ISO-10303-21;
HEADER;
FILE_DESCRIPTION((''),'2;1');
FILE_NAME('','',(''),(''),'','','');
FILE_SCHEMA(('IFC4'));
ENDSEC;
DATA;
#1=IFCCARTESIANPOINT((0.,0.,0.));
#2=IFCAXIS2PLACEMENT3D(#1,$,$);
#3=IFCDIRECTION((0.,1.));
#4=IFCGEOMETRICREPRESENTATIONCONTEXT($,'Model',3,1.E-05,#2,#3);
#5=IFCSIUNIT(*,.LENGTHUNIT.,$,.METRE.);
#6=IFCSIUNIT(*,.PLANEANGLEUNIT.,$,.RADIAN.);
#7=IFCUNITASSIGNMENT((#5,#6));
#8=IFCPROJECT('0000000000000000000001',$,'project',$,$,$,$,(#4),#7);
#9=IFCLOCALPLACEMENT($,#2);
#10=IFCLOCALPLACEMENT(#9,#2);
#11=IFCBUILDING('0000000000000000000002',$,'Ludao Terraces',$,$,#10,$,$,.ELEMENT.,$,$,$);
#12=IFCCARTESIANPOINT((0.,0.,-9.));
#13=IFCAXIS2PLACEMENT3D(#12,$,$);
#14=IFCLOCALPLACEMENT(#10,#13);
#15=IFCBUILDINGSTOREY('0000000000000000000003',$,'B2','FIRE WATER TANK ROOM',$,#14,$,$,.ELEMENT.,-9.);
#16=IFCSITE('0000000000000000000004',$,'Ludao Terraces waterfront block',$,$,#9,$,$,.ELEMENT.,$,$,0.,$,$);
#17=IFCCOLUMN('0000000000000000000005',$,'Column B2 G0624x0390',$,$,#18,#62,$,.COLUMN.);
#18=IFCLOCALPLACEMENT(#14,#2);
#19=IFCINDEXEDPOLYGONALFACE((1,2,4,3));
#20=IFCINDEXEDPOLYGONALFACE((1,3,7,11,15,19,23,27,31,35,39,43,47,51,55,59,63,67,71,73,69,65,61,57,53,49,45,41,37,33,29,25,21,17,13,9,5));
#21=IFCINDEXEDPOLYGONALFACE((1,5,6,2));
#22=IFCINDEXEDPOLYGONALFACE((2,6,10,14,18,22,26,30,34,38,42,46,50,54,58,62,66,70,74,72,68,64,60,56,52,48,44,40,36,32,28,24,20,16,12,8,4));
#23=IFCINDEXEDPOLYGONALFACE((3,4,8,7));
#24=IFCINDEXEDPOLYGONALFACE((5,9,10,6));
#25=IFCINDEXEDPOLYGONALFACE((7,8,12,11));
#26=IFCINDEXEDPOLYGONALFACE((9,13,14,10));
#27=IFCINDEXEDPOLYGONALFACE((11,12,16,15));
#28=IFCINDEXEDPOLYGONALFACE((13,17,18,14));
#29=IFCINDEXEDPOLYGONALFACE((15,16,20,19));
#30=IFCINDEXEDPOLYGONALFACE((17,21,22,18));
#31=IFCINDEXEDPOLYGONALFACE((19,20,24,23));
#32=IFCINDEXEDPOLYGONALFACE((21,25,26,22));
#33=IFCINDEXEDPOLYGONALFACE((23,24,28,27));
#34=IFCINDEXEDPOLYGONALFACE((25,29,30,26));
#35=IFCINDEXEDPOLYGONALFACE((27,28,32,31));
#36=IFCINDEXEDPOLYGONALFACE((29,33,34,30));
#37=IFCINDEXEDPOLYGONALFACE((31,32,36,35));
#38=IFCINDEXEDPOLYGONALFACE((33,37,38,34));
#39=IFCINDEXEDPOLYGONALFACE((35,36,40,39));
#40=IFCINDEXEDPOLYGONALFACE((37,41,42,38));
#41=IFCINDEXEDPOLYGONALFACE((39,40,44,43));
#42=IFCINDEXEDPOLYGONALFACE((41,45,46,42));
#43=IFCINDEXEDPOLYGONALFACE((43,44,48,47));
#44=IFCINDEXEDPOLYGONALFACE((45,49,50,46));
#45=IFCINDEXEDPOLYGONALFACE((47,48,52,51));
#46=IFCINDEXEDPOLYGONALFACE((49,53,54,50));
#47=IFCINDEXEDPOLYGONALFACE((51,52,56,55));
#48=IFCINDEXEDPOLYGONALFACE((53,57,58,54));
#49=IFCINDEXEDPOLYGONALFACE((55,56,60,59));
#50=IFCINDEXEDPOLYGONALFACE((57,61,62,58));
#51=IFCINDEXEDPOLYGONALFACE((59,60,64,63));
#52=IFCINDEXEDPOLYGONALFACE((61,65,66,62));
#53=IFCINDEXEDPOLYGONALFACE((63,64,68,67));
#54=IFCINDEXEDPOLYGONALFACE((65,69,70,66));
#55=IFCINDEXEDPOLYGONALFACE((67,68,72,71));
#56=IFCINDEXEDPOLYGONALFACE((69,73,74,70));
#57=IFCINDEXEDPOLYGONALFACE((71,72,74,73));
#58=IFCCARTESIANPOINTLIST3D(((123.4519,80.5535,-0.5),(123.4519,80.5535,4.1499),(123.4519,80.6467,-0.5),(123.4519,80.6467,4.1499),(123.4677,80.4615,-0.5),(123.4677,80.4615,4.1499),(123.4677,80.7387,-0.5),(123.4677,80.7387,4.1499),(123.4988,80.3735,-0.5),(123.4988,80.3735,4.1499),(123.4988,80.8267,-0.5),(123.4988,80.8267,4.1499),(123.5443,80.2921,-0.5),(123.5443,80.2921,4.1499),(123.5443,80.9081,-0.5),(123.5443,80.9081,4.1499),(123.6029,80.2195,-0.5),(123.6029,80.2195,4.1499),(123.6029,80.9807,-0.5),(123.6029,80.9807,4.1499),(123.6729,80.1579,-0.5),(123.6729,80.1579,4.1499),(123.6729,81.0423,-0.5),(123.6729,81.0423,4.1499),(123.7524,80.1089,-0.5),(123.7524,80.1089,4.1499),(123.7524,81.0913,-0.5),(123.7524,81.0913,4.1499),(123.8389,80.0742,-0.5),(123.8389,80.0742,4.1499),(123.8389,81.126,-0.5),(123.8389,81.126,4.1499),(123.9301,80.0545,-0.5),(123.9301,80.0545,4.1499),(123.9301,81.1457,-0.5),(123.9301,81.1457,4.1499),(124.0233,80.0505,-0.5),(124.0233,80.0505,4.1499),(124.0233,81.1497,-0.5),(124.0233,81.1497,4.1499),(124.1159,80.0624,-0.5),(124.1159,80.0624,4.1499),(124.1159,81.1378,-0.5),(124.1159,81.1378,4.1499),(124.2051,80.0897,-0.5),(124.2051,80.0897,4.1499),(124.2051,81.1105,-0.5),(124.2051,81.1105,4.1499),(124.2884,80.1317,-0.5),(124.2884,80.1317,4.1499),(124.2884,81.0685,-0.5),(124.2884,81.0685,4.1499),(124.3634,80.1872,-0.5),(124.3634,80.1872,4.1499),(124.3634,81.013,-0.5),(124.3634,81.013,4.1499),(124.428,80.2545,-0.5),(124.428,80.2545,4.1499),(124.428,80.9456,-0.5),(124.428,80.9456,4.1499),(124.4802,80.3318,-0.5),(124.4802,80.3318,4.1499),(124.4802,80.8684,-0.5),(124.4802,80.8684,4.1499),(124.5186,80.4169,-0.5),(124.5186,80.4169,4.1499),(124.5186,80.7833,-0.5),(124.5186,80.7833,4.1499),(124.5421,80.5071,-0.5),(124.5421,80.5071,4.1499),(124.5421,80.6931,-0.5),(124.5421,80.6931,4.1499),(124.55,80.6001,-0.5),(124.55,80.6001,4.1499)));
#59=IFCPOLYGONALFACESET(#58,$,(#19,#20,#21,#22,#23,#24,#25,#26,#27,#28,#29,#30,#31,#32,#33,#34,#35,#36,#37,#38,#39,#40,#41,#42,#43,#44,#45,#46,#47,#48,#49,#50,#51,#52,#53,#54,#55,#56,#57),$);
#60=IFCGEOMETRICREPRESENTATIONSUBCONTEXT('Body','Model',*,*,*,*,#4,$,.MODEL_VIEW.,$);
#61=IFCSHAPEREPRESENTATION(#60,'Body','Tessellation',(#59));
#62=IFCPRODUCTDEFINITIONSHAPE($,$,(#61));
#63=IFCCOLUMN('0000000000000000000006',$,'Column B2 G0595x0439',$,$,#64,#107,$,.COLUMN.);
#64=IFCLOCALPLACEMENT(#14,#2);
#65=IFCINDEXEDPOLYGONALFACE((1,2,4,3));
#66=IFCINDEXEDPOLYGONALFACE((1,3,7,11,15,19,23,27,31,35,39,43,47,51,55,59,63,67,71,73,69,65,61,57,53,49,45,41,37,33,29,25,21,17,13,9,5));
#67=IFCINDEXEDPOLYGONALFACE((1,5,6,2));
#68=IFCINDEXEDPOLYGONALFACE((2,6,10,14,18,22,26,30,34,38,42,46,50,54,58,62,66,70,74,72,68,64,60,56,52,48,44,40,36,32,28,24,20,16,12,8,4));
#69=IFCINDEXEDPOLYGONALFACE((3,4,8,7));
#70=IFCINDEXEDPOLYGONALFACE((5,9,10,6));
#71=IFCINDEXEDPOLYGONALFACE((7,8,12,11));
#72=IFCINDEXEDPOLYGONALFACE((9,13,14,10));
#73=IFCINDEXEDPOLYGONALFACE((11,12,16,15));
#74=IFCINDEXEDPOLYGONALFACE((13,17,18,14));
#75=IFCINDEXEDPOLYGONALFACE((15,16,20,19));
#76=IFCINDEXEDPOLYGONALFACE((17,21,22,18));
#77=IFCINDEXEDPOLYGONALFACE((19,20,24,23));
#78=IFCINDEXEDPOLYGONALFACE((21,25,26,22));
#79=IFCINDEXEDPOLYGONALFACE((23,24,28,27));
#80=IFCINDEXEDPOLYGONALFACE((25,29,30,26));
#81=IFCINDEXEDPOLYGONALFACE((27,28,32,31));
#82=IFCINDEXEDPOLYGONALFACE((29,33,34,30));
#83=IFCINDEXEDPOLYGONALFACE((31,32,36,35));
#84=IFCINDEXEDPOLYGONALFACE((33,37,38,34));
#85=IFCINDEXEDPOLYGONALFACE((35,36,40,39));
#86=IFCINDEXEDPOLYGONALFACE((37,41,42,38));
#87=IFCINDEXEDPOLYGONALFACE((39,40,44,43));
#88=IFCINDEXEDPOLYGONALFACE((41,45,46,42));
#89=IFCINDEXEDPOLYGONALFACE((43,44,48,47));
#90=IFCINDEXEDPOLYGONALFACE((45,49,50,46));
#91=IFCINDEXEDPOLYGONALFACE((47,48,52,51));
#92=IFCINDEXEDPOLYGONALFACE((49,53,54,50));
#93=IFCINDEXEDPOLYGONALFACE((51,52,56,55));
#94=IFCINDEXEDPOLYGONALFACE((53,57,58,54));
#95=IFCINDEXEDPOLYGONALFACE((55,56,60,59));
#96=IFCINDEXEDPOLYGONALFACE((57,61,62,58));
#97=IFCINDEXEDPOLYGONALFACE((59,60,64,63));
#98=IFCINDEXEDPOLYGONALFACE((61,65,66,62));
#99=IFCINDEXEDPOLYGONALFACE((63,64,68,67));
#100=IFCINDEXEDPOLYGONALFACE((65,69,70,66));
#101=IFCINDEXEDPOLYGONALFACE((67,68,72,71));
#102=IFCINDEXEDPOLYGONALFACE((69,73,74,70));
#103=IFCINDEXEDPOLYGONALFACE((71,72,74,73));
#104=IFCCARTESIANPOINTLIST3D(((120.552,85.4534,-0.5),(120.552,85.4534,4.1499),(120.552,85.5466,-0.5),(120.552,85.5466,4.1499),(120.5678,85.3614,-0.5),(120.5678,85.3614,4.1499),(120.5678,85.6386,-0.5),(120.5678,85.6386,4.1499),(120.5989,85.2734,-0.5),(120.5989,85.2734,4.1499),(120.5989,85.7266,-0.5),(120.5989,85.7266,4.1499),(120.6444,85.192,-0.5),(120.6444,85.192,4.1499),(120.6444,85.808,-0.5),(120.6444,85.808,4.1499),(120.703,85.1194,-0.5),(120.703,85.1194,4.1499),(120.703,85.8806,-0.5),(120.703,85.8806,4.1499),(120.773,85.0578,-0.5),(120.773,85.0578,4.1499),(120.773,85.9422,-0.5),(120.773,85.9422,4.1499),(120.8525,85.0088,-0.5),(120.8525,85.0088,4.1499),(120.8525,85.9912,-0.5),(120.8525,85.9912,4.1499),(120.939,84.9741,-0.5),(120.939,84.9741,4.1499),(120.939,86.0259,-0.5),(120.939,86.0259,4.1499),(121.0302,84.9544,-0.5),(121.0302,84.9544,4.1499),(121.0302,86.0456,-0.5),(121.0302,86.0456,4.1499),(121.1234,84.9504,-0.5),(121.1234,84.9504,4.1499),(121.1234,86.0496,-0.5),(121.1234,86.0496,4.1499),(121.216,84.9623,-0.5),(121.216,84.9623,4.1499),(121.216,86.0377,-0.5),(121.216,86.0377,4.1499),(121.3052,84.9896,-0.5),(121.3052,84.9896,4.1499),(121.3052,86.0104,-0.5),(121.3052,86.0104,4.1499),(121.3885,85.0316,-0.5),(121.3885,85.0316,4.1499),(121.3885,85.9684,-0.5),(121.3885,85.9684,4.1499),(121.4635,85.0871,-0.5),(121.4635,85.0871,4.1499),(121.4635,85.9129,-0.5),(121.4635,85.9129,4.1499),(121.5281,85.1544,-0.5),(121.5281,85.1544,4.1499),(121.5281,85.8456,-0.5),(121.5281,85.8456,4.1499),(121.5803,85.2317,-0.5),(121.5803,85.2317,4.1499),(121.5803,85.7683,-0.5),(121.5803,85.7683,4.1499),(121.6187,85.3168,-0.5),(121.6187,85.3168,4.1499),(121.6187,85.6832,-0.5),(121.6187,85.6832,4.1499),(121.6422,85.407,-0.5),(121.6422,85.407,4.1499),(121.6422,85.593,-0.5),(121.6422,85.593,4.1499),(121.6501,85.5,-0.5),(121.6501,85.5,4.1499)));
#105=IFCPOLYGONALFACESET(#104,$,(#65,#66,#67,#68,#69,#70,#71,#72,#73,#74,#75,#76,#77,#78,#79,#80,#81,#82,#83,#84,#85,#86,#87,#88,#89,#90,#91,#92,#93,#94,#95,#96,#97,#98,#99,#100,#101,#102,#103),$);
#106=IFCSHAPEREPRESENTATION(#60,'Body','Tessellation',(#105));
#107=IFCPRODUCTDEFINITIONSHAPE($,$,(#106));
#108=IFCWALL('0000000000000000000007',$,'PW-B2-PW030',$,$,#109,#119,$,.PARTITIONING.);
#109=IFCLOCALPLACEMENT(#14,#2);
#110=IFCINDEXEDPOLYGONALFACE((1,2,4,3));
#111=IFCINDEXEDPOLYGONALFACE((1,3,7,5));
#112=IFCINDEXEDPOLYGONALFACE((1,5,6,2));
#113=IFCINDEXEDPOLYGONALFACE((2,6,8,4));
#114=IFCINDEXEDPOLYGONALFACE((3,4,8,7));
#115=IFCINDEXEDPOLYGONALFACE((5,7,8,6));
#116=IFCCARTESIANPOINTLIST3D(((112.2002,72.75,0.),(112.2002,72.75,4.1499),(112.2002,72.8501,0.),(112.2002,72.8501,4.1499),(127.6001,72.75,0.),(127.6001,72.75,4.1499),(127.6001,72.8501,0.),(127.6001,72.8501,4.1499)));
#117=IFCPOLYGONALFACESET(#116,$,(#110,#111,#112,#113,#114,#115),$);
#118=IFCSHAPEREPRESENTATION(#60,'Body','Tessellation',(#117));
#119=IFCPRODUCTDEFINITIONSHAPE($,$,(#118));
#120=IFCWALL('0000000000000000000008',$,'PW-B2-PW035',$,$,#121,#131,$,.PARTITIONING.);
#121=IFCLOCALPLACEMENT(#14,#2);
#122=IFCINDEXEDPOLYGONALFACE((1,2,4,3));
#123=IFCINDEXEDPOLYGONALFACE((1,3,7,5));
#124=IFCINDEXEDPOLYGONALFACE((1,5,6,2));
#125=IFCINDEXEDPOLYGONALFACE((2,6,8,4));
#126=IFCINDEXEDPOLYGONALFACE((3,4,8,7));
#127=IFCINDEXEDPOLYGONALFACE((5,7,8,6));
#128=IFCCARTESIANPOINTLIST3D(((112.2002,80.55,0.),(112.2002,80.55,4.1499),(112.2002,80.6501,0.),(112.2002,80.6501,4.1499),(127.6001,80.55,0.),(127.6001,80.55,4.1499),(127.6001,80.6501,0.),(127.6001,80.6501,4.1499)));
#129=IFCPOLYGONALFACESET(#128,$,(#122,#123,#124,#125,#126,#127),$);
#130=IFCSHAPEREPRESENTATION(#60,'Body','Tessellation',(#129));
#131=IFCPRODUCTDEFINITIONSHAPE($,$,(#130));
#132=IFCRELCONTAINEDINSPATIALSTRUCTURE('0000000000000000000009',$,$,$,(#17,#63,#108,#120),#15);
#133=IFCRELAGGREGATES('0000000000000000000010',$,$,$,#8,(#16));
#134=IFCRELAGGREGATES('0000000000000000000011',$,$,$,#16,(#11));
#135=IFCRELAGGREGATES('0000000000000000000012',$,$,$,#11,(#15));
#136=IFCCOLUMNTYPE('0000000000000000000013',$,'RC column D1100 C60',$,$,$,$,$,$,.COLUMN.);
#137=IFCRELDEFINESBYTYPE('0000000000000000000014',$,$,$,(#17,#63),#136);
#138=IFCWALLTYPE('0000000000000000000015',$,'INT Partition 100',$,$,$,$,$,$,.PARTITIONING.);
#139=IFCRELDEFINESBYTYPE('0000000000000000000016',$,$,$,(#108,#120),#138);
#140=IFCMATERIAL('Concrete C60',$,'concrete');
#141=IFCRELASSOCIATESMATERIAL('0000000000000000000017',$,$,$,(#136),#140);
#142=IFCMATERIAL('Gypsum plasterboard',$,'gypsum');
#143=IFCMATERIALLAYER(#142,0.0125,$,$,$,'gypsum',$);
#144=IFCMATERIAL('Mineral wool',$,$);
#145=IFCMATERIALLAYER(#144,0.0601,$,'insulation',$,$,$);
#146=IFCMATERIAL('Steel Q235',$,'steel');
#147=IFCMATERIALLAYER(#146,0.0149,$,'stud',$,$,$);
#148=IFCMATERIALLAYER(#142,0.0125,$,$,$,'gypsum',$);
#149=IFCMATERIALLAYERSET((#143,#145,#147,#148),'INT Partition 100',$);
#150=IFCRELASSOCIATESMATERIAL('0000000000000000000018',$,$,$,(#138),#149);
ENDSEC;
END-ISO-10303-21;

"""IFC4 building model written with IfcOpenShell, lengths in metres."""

from ifc_helpers import new_model, si_unit, direction, frame, frame_2d, origin, origin_2d, place, context, subcontext, project, spatial, rectangle, circle, extrude, material, layer, layer_set, material_profile, profile_set, type_object, element, save


model = new_model("IFC4")

# Units and contexts
model_context = context("Model", 3, precision=1e-05, world=origin(), true_north=direction((0.0, 1.0)))
body_context = subcontext(model_context, "Body", "Model", "MODEL_VIEW")
ifc_project = project(units=[si_unit("LENGTHUNIT", "METRE"), si_unit("PLANEANGLEUNIT", "RADIAN")], contexts=[model_context])

# Site, building, storey
site_placement = place(None, origin())
site = spatial("IfcSite", under=ifc_project, at=site_placement, Name="Ludao Terraces waterfront block", CompositionType="ELEMENT", RefElevation=0.0)
building_placement = place(site_placement, origin())
building = spatial("IfcBuilding", under=site, at=building_placement, Name="Ludao Terraces", CompositionType="ELEMENT")
storey_placement = place(building_placement, frame((0.0, 0.0, -9.0)))
storey = spatial("IfcBuildingStorey", under=building, at=storey_placement, Name="B2", Description="FIRE WATER TANK ROOM", CompositionType="ELEMENT", Elevation=-9.0)

# Columns
ifc_material_1 = material(Name="Concrete C60", Category="concrete")
ifc_material_profile_1 = material_profile(ifc_material_1, circle(Radius=0.55, at=origin_2d()), Name="D1100")
ifc_profile_set_1 = profile_set([ifc_material_profile_1], Name="Concrete C60")
column_type_1 = type_object("IfcColumnType", Name="RC column D1100 C60", PredefinedType="COLUMN", material=ifc_profile_set_1)
for number, where, z_axis, x_axis, name in (
    (1, (124.0, 80.6001, -0.5), (0.0, 0.0, 1.0), (1.0, 0.0, 0.0), "Column B2 G0624x0390"),
    (2, (121.1001, 85.5, -0.5), (0.0, 0.0, 1.0), (1.0, 0.0, 0.0), "Column B2 G0595x0439"),
):
    element("IfcColumn", number, at=place(storey_placement, frame(where, z_axis=z_axis, x_axis=x_axis)), inside=storey, type_object=column_type_1, Name=name, PredefinedType="COLUMN", context=body_context, shape_type="SweptSolid", body=[
        extrude(circle(Radius=0.55, at=origin_2d()), origin(), (0.0, 0.0, 1.0), 4.6499),
    ])

# Walls
ifc_material_2 = material(Name="Gypsum plasterboard", Category="gypsum")
ifc_layer_1 = layer(ifc_material_2, 0.0125, Category="gypsum")
ifc_material_3 = material(Name="Mineral wool")
ifc_layer_2 = layer(ifc_material_3, 0.0601, Name="insulation")
ifc_material_4 = material(Name="Steel Q235", Category="steel")
ifc_layer_3 = layer(ifc_material_4, 0.0149, Name="stud")
ifc_layer_4 = layer(ifc_material_2, 0.0125, Category="gypsum")
ifc_layer_set = layer_set([ifc_layer_1, ifc_layer_2, ifc_layer_3, ifc_layer_4], Name="INT Partition 100")
wall_type = type_object("IfcWallType", Name="INT Partition 100", PredefinedType="PARTITIONING", material=ifc_layer_set)
for number, where, z_axis, x_axis, name in (
    (3, (112.2002, 72.8, 0.0), (0.0, 0.0, 1.0), (1.0, 0.0, 0.0), "PW-B2-PW030"),
    (4, (112.2002, 80.6001, 0.0), (0.0, 0.0, 1.0), (1.0, 0.0, 0.0), "PW-B2-PW035"),
):
    element("IfcWall", number, at=place(storey_placement, frame(where, z_axis=z_axis, x_axis=x_axis)), inside=storey, type_object=wall_type, Name=name, PredefinedType="PARTITIONING", context=body_context, shape_type="SweptSolid", body=[
        extrude(rectangle(XDim=15.3999, YDim=0.1001, at=frame_2d((7.7, 0.0))), origin(), (0.0, 0.0, 1.0), 4.1499),
    ])

save(model, "model.ifc")
